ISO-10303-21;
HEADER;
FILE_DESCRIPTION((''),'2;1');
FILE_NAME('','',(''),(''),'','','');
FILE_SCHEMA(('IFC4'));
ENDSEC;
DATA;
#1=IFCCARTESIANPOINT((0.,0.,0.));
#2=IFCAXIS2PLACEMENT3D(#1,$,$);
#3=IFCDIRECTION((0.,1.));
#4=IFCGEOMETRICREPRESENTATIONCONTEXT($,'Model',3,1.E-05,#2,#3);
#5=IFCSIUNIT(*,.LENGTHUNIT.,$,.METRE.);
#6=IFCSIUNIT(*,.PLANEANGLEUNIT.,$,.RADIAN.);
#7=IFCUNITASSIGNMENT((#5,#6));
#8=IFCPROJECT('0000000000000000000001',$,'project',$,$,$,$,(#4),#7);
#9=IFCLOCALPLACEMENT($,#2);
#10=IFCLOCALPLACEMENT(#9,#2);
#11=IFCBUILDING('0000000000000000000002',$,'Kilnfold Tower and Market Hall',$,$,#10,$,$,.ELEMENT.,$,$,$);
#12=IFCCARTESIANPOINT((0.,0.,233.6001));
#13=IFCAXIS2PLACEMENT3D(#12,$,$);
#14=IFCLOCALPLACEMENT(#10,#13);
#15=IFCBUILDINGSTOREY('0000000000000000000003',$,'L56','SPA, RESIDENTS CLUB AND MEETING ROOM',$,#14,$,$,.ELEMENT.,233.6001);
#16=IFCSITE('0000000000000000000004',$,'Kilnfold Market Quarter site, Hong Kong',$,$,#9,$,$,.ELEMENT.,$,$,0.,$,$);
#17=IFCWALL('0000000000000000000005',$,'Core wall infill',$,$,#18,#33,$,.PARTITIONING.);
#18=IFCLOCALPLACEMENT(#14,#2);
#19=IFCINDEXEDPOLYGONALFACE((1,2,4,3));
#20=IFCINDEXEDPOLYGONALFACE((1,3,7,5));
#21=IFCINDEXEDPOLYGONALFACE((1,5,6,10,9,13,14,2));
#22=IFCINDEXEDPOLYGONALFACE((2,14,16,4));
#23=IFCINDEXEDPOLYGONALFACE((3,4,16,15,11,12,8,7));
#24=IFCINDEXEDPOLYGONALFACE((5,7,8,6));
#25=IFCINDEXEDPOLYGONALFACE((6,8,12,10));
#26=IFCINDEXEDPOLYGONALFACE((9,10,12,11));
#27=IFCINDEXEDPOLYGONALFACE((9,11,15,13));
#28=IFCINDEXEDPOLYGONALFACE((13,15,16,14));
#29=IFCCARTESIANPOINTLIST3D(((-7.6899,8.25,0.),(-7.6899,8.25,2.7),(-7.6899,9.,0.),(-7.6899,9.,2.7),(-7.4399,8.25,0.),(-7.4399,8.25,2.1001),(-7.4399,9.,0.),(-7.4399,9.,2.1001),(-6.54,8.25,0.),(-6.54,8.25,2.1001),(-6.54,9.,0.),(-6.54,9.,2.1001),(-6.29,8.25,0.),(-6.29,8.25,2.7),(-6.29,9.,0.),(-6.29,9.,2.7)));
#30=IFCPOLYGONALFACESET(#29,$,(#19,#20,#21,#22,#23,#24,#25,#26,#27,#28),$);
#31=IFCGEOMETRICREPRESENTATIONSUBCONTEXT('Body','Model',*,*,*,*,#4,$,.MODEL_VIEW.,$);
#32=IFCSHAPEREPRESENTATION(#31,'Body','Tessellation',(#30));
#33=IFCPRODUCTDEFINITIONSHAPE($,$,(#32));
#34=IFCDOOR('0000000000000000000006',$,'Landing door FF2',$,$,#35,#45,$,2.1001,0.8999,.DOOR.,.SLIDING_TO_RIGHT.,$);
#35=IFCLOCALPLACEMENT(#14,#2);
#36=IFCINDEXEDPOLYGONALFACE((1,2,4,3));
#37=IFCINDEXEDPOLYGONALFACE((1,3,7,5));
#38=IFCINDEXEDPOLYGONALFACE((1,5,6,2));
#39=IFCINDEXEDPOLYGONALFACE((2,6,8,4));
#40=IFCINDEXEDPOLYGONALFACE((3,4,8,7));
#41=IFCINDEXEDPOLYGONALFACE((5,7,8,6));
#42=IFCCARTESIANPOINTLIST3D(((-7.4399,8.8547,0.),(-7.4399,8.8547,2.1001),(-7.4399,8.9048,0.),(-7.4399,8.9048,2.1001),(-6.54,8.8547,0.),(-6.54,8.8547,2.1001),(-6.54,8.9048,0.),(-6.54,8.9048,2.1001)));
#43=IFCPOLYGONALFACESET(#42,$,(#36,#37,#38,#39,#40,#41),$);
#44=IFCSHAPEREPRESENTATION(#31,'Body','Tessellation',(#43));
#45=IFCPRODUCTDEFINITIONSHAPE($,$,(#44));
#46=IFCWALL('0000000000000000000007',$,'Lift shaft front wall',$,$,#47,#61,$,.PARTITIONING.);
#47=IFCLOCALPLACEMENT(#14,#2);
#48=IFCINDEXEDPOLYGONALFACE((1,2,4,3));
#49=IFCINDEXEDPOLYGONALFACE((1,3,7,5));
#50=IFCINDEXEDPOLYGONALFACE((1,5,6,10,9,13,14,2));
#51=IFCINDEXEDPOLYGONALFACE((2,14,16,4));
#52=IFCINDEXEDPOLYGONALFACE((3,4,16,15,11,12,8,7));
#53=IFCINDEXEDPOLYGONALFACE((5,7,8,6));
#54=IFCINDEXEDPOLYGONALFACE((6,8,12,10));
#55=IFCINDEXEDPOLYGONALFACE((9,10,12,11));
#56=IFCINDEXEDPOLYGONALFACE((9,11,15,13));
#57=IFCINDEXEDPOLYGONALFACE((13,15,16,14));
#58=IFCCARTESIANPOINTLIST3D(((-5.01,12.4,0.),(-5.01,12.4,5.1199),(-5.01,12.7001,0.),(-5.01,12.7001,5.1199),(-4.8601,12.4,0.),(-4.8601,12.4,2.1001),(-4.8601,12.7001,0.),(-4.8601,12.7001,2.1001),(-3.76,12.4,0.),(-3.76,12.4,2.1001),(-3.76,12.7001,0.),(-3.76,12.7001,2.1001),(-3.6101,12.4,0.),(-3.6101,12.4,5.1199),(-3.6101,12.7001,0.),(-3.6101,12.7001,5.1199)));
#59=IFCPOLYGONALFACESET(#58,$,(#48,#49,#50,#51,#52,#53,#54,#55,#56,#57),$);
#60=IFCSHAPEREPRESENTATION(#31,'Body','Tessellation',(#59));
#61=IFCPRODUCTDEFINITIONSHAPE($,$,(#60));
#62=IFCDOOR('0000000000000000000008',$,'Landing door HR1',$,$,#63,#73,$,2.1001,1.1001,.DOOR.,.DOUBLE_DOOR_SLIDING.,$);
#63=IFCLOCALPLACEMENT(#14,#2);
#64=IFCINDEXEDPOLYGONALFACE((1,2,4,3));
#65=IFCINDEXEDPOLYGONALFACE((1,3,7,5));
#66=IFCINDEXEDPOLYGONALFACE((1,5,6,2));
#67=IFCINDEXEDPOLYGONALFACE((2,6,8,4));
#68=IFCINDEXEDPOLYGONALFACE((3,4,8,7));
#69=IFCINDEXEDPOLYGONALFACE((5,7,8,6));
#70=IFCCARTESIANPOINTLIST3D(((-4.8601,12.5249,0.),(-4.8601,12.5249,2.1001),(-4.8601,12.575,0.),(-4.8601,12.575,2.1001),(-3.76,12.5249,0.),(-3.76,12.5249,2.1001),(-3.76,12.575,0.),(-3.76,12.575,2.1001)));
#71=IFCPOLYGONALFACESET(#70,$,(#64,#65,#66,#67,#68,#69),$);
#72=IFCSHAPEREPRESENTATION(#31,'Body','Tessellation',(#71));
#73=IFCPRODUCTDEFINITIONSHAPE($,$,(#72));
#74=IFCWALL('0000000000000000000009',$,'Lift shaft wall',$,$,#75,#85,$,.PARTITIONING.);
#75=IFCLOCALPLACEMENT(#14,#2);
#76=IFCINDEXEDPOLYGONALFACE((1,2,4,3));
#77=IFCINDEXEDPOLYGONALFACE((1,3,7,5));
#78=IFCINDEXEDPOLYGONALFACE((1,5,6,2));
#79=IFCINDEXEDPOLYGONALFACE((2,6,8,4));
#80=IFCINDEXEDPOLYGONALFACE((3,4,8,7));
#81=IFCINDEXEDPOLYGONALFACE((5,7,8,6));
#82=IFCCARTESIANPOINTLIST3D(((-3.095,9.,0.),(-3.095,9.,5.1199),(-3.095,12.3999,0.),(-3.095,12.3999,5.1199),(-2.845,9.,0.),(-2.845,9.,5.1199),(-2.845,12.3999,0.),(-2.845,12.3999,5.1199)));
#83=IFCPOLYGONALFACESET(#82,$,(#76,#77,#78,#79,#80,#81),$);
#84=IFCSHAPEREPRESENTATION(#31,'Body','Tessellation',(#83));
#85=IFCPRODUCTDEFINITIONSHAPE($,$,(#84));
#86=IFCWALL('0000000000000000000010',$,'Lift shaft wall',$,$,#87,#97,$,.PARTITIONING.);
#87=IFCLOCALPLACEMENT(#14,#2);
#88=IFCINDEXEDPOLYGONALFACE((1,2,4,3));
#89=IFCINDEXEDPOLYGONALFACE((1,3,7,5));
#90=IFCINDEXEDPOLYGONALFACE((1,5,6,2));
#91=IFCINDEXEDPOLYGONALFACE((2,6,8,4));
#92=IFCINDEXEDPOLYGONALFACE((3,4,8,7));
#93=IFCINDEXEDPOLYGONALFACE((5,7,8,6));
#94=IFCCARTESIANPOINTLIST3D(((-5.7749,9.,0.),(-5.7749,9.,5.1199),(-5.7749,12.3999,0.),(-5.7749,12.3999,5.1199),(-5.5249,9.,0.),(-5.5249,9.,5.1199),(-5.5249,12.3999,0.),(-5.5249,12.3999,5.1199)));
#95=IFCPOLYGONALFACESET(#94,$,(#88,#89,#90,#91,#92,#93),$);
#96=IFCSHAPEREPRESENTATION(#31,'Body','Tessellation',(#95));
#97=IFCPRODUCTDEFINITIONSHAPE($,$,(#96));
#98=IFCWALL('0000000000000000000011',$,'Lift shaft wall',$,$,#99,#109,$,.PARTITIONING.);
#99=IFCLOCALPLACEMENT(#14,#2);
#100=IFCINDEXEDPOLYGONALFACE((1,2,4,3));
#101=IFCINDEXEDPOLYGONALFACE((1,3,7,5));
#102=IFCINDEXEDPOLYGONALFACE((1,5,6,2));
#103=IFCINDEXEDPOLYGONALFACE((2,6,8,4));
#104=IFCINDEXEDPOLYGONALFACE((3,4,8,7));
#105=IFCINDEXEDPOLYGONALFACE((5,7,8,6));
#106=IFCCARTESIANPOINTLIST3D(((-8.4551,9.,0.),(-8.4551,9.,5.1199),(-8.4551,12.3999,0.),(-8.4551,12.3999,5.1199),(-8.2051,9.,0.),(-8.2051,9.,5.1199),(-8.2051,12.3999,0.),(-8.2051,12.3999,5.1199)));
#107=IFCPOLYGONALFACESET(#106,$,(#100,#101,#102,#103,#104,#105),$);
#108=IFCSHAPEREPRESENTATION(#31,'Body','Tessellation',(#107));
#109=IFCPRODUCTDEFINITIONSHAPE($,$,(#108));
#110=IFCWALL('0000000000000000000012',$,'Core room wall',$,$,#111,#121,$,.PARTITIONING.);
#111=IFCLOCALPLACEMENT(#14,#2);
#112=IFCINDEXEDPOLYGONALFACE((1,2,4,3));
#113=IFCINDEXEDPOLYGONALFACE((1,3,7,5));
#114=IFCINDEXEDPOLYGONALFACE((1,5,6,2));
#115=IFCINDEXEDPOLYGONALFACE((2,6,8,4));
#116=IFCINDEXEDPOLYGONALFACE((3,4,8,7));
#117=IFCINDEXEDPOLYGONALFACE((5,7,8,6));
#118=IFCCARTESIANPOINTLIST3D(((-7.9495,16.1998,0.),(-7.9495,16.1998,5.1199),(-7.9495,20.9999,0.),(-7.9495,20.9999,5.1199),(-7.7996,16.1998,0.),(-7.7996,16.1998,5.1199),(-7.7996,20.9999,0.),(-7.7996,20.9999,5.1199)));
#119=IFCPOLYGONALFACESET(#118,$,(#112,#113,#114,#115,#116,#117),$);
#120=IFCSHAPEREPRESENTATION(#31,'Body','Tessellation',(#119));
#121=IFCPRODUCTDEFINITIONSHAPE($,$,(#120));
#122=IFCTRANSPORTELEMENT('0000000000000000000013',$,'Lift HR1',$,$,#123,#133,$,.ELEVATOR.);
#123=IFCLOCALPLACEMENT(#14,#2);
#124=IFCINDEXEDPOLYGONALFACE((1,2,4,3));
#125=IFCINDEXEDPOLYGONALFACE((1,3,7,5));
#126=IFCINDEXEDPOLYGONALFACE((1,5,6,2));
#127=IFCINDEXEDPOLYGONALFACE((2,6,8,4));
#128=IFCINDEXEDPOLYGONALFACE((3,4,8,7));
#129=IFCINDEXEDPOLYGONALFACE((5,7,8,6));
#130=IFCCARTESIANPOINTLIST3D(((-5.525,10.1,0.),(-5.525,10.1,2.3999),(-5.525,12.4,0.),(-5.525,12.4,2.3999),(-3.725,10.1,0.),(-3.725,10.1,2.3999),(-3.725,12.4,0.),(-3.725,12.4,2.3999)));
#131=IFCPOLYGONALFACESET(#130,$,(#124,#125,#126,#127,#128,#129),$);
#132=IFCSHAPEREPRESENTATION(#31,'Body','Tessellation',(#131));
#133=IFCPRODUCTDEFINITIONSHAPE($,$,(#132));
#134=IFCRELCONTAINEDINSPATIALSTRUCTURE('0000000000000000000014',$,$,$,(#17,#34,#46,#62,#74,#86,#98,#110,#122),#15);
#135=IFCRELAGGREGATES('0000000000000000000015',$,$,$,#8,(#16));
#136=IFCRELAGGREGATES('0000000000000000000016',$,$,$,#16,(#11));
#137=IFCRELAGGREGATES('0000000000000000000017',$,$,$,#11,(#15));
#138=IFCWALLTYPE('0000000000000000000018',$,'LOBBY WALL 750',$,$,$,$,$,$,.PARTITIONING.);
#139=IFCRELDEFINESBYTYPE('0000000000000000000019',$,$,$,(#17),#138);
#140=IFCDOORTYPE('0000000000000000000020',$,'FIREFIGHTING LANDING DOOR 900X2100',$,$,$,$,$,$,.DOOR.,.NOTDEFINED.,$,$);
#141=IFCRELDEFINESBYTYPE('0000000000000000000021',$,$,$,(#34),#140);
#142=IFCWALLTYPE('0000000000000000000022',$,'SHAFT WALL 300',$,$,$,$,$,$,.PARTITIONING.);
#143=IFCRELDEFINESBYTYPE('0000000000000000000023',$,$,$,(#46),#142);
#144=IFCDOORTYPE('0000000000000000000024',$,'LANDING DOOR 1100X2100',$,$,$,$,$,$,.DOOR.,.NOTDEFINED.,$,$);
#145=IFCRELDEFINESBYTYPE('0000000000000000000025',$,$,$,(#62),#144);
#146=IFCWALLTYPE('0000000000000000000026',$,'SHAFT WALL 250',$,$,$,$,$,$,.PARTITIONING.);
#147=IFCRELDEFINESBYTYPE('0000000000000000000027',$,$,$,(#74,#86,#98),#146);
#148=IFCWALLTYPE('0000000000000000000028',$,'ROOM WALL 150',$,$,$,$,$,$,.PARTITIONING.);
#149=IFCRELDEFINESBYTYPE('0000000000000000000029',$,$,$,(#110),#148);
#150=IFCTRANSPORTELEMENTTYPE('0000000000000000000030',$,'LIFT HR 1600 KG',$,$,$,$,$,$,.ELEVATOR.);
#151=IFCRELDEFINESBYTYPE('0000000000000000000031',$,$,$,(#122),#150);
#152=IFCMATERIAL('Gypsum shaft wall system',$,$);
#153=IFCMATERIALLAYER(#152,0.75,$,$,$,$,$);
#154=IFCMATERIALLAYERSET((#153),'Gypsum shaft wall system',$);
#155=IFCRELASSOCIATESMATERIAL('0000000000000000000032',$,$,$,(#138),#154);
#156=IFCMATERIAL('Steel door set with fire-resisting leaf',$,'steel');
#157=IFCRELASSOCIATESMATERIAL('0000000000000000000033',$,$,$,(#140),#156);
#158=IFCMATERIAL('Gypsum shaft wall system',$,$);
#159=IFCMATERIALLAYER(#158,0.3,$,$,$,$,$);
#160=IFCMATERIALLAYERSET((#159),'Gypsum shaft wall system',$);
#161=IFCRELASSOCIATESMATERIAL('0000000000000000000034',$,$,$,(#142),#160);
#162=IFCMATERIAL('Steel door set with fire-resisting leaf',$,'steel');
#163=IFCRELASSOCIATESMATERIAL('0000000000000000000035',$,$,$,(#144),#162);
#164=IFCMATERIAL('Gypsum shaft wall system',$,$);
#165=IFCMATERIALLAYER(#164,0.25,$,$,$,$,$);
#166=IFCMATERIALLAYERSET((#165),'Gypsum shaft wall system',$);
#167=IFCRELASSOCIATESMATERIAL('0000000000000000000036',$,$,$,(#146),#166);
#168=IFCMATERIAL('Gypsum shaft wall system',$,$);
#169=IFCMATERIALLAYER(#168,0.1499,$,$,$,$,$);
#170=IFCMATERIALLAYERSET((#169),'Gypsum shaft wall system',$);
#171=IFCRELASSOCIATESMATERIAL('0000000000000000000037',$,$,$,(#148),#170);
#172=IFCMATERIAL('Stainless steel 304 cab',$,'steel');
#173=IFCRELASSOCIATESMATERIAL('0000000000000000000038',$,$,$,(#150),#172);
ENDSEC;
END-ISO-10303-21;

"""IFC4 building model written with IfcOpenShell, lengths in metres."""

from ifc_helpers import new_model, si_unit, direction, frame, frame_2d, origin, origin_2d, place, context, subcontext, project, spatial, rectangle, extrude, source, transform, mapped, material, layer, layer_set, type_object, element, fill, save


model = new_model("IFC4")

# Units and contexts
model_context = context("Model", 3, precision=1e-05, world=origin(), true_north=direction((0.0, 1.0)))
body_context = subcontext(model_context, "Body", "Model", "MODEL_VIEW")
ifc_project = project(units=[si_unit("LENGTHUNIT", "METRE"), si_unit("PLANEANGLEUNIT", "RADIAN")], contexts=[model_context])

# Site, building, storey
site_placement = place(None, origin())
site = spatial("IfcSite", under=ifc_project, at=site_placement, Name="Kilnfold Market Quarter site, Hong Kong", CompositionType="ELEMENT", RefElevation=0.0)
building_placement = place(site_placement, origin())
building = spatial("IfcBuilding", under=site, at=building_placement, Name="Kilnfold Tower and Market Hall", CompositionType="ELEMENT")
storey_placement = place(building_placement, frame((0.0, 0.0, 233.6001)))
storey = spatial("IfcBuildingStorey", under=building, at=storey_placement, Name="L56", Description="SPA, RESIDENTS CLUB AND MEETING ROOM", CompositionType="ELEMENT", Elevation=233.6001)

# Walls, openings, doors
ifc_material_1 = material(Name="Gypsum shaft wall system")
ifc_layer_1 = layer(ifc_material_1, 0.75)
ifc_layer_set_1 = layer_set([ifc_layer_1], Name="Gypsum shaft wall system")
wall_type_1 = type_object("IfcWallType", Name="LOBBY WALL 750", PredefinedType="PARTITIONING", material=ifc_layer_set_1)
ifc_material_2 = material(Name="Steel door set with fire-resisting leaf", Category="steel")
door_type_1 = type_object("IfcDoorType", Name="FIREFIGHTING LANDING DOOR 900X2100", OperationType="NOTDEFINED", PredefinedType="DOOR", material=ifc_material_2)
shared_shape_1 = source(origin(), body_context, "Body", "SweptSolid", [
    extrude(rectangle(XDim=1.3999, YDim=0.75, at=frame_2d((0.7, 0.0))), origin(), (0.0, 0.0, 1.0), 2.7),
])
wall_1_placement = place(storey_placement, frame((-7.6899, 8.625, 0.0), z_axis=(0.0, 0.0, 1.0), x_axis=(1.0, 0.0, 0.0)))
wall_1 = element("IfcWall", 1, at=wall_1_placement, inside=storey, type_object=wall_type_1, Name="Core wall infill", PredefinedType="PARTITIONING", context=body_context, shape_type="MappedRepresentation", body=[
    mapped(shared_shape_1, transform((0.0, 0.0, 0.0))),
])
opening_1_placement = place(wall_1_placement, frame((0.25, 0.0, 0.0)))
opening_1 = element("IfcOpeningElement", 2, at=opening_1_placement, cuts=wall_1, PredefinedType="OPENING", context=body_context, shape_type="SweptSolid", body=[
    extrude(rectangle(XDim=0.8999, YDim=2.1001, at=frame_2d((0.45, 1.05))), frame((0.0, 0.385, 0.0), z_axis=(0.0, -1.0, 0.0), x_axis=(1.0, 0.0, 0.0)), (0.0, 0.0, 1.0), 0.77),
])
door_1_placement = place(opening_1_placement, origin())
door_1 = element("IfcDoor", 3, at=door_1_placement, inside=storey, type_object=door_type_1, Name="Landing door FF2", OperationType="SLIDING_TO_RIGHT", OverallHeight=2.1001, OverallWidth=0.8999, PredefinedType="DOOR", context=body_context, shape_type="SweptSolid", body=[
    extrude(rectangle(XDim=0.8999, YDim=2.1001, at=frame_2d((0.45, 1.05))), frame((0.0, 0.2798, 0.0), z_axis=(0.0, -1.0, 0.0), x_axis=(1.0, 0.0, 0.0)), (0.0, 0.0, 1.0), 0.05),
])
fill(opening_1, door_1)
ifc_material_3 = material(Name="Gypsum shaft wall system")
ifc_layer_2 = layer(ifc_material_3, 0.3)
ifc_layer_set_2 = layer_set([ifc_layer_2], Name="Gypsum shaft wall system")
wall_type_2 = type_object("IfcWallType", Name="SHAFT WALL 300", PredefinedType="PARTITIONING", material=ifc_layer_set_2)
shared_shape_2 = source(origin(), body_context, "Body", "SweptSolid", [
    extrude(rectangle(XDim=1.3999, YDim=0.3, at=frame_2d((0.7, 0.0))), origin(), (0.0, 0.0, 1.0), 5.1199),
])
wall_2_placement = place(storey_placement, frame((-5.01, 12.55, 0.0), z_axis=(0.0, 0.0, 1.0), x_axis=(1.0, 0.0, 0.0)))
wall_2 = element("IfcWall", 4, at=wall_2_placement, inside=storey, type_object=wall_type_2, Name="Lift shaft front wall", PredefinedType="PARTITIONING", context=body_context, shape_type="MappedRepresentation", body=[
    mapped(shared_shape_2, transform((0.0, 0.0, 0.0))),
])
opening_2_placement = place(wall_2_placement, frame((0.1499, 0.0, 0.0)))
opening_2 = element("IfcOpeningElement", 5, at=opening_2_placement, cuts=wall_2, PredefinedType="OPENING", context=body_context, shape_type="SweptSolid", body=[
    extrude(rectangle(XDim=1.1001, YDim=2.1001, at=frame_2d((0.55, 1.05))), frame((0.0, 0.1602, 0.0), z_axis=(0.0, -1.0, 0.0), x_axis=(1.0, 0.0, 0.0)), (0.0, 0.0, 1.0), 0.3201),
])
ifc_material_4 = material(Name="Steel door set with fire-resisting leaf", Category="steel")
door_type_2 = type_object("IfcDoorType", Name="LANDING DOOR 1100X2100", OperationType="NOTDEFINED", PredefinedType="DOOR", material=ifc_material_4)
door_2_placement = place(opening_2_placement, origin())
door_2 = element("IfcDoor", 6, at=door_2_placement, inside=storey, type_object=door_type_2, Name="Landing door HR1", OperationType="DOUBLE_DOOR_SLIDING", OverallHeight=2.1001, OverallWidth=1.1001, PredefinedType="DOOR", context=body_context, shape_type="SweptSolid", body=[
    extrude(rectangle(XDim=1.1001, YDim=2.1001, at=frame_2d((0.55, 1.05))), frame((0.0, 0.0249, 0.0), z_axis=(0.0, -1.0, 0.0), x_axis=(1.0, 0.0, 0.0)), (0.0, 0.0, 1.0), 0.05),
])
fill(opening_2, door_2)

# Walls
ifc_material_5 = material(Name="Gypsum shaft wall system")
ifc_layer_3 = layer(ifc_material_5, 0.25)
ifc_layer_set_3 = layer_set([ifc_layer_3], Name="Gypsum shaft wall system")
wall_type_3 = type_object("IfcWallType", Name="SHAFT WALL 250", PredefinedType="PARTITIONING", material=ifc_layer_set_3)
shared_shape_3 = source(origin(), body_context, "Body", "SweptSolid", [
    extrude(rectangle(XDim=3.3999, YDim=0.25, at=frame_2d((1.7, 0.0))), origin(), (0.0, 0.0, 1.0), 5.1199),
])
for number, where, z_axis, x_axis, name in (
    (7, (-2.97, 9.0, 0.0), (0.0, 0.0, 1.0), (0.0, 1.0, 0.0), "Lift shaft wall"),
    (8, (-5.6499, 9.0, 0.0), (0.0, 0.0, 1.0), (0.0, 1.0, 0.0), "Lift shaft wall"),
    (9, (-8.3301, 9.0, 0.0), (0.0, 0.0, 1.0), (0.0, 1.0, 0.0), "Lift shaft wall"),
):
    element("IfcWall", number, at=place(storey_placement, frame(where, z_axis=z_axis, x_axis=x_axis)), inside=storey, type_object=wall_type_3, Name=name, PredefinedType="PARTITIONING", context=body_context, shape_type="MappedRepresentation", body=[
        mapped(shared_shape_3, transform((0.0, 0.0, 0.0))),
    ])
ifc_material_6 = material(Name="Gypsum shaft wall system")
ifc_layer_4 = layer(ifc_material_6, 0.1499)
ifc_layer_set_4 = layer_set([ifc_layer_4], Name="Gypsum shaft wall system")
wall_type_4 = type_object("IfcWallType", Name="ROOM WALL 150", PredefinedType="PARTITIONING", material=ifc_layer_set_4)
shared_shape_4 = source(origin(), body_context, "Body", "SweptSolid", [
    extrude(rectangle(XDim=4.8, YDim=0.1499, at=frame_2d((2.3999, 0.0))), origin(), (0.0, 0.0, 1.0), 5.1199),
])
wall_3_placement = place(storey_placement, frame((-7.8745, 16.2, 0.0), z_axis=(0.0, 0.0, 1.0), x_axis=(0.0, 1.0, 0.0)))
element("IfcWall", 10, at=wall_3_placement, inside=storey, type_object=wall_type_4, Name="Core room wall", PredefinedType="PARTITIONING", context=body_context, shape_type="MappedRepresentation", body=[
    mapped(shared_shape_4, transform((0.0, 0.0, 0.0))),
])

# Transport element
ifc_material_7 = material(Name="Stainless steel 304 cab", Category="steel")
transport_element_type = type_object("IfcTransportElementType", Name="LIFT HR 1600 KG", PredefinedType="ELEVATOR", material=ifc_material_7)
shared_shape_5 = source(origin(), body_context, "Body", "SweptSolid", [
    extrude(rectangle(XDim=1.8, YDim=2.3, at=origin_2d()), origin(), (0.0, 0.0, 1.0), 2.3999),
])
transport_element_placement = place(storey_placement, frame((-4.625, 11.25, 0.0), z_axis=(0.0, 0.0, 1.0), x_axis=(1.0, 0.0, 0.0)))
element("IfcTransportElement", 11, at=transport_element_placement, inside=storey, type_object=transport_element_type, Name="Lift HR1", PredefinedType="ELEVATOR", context=body_context, shape_type="MappedRepresentation", body=[
    mapped(shared_shape_5, transform((0.0, 0.0, 0.0))),
])

save(model, "model.ifc")
